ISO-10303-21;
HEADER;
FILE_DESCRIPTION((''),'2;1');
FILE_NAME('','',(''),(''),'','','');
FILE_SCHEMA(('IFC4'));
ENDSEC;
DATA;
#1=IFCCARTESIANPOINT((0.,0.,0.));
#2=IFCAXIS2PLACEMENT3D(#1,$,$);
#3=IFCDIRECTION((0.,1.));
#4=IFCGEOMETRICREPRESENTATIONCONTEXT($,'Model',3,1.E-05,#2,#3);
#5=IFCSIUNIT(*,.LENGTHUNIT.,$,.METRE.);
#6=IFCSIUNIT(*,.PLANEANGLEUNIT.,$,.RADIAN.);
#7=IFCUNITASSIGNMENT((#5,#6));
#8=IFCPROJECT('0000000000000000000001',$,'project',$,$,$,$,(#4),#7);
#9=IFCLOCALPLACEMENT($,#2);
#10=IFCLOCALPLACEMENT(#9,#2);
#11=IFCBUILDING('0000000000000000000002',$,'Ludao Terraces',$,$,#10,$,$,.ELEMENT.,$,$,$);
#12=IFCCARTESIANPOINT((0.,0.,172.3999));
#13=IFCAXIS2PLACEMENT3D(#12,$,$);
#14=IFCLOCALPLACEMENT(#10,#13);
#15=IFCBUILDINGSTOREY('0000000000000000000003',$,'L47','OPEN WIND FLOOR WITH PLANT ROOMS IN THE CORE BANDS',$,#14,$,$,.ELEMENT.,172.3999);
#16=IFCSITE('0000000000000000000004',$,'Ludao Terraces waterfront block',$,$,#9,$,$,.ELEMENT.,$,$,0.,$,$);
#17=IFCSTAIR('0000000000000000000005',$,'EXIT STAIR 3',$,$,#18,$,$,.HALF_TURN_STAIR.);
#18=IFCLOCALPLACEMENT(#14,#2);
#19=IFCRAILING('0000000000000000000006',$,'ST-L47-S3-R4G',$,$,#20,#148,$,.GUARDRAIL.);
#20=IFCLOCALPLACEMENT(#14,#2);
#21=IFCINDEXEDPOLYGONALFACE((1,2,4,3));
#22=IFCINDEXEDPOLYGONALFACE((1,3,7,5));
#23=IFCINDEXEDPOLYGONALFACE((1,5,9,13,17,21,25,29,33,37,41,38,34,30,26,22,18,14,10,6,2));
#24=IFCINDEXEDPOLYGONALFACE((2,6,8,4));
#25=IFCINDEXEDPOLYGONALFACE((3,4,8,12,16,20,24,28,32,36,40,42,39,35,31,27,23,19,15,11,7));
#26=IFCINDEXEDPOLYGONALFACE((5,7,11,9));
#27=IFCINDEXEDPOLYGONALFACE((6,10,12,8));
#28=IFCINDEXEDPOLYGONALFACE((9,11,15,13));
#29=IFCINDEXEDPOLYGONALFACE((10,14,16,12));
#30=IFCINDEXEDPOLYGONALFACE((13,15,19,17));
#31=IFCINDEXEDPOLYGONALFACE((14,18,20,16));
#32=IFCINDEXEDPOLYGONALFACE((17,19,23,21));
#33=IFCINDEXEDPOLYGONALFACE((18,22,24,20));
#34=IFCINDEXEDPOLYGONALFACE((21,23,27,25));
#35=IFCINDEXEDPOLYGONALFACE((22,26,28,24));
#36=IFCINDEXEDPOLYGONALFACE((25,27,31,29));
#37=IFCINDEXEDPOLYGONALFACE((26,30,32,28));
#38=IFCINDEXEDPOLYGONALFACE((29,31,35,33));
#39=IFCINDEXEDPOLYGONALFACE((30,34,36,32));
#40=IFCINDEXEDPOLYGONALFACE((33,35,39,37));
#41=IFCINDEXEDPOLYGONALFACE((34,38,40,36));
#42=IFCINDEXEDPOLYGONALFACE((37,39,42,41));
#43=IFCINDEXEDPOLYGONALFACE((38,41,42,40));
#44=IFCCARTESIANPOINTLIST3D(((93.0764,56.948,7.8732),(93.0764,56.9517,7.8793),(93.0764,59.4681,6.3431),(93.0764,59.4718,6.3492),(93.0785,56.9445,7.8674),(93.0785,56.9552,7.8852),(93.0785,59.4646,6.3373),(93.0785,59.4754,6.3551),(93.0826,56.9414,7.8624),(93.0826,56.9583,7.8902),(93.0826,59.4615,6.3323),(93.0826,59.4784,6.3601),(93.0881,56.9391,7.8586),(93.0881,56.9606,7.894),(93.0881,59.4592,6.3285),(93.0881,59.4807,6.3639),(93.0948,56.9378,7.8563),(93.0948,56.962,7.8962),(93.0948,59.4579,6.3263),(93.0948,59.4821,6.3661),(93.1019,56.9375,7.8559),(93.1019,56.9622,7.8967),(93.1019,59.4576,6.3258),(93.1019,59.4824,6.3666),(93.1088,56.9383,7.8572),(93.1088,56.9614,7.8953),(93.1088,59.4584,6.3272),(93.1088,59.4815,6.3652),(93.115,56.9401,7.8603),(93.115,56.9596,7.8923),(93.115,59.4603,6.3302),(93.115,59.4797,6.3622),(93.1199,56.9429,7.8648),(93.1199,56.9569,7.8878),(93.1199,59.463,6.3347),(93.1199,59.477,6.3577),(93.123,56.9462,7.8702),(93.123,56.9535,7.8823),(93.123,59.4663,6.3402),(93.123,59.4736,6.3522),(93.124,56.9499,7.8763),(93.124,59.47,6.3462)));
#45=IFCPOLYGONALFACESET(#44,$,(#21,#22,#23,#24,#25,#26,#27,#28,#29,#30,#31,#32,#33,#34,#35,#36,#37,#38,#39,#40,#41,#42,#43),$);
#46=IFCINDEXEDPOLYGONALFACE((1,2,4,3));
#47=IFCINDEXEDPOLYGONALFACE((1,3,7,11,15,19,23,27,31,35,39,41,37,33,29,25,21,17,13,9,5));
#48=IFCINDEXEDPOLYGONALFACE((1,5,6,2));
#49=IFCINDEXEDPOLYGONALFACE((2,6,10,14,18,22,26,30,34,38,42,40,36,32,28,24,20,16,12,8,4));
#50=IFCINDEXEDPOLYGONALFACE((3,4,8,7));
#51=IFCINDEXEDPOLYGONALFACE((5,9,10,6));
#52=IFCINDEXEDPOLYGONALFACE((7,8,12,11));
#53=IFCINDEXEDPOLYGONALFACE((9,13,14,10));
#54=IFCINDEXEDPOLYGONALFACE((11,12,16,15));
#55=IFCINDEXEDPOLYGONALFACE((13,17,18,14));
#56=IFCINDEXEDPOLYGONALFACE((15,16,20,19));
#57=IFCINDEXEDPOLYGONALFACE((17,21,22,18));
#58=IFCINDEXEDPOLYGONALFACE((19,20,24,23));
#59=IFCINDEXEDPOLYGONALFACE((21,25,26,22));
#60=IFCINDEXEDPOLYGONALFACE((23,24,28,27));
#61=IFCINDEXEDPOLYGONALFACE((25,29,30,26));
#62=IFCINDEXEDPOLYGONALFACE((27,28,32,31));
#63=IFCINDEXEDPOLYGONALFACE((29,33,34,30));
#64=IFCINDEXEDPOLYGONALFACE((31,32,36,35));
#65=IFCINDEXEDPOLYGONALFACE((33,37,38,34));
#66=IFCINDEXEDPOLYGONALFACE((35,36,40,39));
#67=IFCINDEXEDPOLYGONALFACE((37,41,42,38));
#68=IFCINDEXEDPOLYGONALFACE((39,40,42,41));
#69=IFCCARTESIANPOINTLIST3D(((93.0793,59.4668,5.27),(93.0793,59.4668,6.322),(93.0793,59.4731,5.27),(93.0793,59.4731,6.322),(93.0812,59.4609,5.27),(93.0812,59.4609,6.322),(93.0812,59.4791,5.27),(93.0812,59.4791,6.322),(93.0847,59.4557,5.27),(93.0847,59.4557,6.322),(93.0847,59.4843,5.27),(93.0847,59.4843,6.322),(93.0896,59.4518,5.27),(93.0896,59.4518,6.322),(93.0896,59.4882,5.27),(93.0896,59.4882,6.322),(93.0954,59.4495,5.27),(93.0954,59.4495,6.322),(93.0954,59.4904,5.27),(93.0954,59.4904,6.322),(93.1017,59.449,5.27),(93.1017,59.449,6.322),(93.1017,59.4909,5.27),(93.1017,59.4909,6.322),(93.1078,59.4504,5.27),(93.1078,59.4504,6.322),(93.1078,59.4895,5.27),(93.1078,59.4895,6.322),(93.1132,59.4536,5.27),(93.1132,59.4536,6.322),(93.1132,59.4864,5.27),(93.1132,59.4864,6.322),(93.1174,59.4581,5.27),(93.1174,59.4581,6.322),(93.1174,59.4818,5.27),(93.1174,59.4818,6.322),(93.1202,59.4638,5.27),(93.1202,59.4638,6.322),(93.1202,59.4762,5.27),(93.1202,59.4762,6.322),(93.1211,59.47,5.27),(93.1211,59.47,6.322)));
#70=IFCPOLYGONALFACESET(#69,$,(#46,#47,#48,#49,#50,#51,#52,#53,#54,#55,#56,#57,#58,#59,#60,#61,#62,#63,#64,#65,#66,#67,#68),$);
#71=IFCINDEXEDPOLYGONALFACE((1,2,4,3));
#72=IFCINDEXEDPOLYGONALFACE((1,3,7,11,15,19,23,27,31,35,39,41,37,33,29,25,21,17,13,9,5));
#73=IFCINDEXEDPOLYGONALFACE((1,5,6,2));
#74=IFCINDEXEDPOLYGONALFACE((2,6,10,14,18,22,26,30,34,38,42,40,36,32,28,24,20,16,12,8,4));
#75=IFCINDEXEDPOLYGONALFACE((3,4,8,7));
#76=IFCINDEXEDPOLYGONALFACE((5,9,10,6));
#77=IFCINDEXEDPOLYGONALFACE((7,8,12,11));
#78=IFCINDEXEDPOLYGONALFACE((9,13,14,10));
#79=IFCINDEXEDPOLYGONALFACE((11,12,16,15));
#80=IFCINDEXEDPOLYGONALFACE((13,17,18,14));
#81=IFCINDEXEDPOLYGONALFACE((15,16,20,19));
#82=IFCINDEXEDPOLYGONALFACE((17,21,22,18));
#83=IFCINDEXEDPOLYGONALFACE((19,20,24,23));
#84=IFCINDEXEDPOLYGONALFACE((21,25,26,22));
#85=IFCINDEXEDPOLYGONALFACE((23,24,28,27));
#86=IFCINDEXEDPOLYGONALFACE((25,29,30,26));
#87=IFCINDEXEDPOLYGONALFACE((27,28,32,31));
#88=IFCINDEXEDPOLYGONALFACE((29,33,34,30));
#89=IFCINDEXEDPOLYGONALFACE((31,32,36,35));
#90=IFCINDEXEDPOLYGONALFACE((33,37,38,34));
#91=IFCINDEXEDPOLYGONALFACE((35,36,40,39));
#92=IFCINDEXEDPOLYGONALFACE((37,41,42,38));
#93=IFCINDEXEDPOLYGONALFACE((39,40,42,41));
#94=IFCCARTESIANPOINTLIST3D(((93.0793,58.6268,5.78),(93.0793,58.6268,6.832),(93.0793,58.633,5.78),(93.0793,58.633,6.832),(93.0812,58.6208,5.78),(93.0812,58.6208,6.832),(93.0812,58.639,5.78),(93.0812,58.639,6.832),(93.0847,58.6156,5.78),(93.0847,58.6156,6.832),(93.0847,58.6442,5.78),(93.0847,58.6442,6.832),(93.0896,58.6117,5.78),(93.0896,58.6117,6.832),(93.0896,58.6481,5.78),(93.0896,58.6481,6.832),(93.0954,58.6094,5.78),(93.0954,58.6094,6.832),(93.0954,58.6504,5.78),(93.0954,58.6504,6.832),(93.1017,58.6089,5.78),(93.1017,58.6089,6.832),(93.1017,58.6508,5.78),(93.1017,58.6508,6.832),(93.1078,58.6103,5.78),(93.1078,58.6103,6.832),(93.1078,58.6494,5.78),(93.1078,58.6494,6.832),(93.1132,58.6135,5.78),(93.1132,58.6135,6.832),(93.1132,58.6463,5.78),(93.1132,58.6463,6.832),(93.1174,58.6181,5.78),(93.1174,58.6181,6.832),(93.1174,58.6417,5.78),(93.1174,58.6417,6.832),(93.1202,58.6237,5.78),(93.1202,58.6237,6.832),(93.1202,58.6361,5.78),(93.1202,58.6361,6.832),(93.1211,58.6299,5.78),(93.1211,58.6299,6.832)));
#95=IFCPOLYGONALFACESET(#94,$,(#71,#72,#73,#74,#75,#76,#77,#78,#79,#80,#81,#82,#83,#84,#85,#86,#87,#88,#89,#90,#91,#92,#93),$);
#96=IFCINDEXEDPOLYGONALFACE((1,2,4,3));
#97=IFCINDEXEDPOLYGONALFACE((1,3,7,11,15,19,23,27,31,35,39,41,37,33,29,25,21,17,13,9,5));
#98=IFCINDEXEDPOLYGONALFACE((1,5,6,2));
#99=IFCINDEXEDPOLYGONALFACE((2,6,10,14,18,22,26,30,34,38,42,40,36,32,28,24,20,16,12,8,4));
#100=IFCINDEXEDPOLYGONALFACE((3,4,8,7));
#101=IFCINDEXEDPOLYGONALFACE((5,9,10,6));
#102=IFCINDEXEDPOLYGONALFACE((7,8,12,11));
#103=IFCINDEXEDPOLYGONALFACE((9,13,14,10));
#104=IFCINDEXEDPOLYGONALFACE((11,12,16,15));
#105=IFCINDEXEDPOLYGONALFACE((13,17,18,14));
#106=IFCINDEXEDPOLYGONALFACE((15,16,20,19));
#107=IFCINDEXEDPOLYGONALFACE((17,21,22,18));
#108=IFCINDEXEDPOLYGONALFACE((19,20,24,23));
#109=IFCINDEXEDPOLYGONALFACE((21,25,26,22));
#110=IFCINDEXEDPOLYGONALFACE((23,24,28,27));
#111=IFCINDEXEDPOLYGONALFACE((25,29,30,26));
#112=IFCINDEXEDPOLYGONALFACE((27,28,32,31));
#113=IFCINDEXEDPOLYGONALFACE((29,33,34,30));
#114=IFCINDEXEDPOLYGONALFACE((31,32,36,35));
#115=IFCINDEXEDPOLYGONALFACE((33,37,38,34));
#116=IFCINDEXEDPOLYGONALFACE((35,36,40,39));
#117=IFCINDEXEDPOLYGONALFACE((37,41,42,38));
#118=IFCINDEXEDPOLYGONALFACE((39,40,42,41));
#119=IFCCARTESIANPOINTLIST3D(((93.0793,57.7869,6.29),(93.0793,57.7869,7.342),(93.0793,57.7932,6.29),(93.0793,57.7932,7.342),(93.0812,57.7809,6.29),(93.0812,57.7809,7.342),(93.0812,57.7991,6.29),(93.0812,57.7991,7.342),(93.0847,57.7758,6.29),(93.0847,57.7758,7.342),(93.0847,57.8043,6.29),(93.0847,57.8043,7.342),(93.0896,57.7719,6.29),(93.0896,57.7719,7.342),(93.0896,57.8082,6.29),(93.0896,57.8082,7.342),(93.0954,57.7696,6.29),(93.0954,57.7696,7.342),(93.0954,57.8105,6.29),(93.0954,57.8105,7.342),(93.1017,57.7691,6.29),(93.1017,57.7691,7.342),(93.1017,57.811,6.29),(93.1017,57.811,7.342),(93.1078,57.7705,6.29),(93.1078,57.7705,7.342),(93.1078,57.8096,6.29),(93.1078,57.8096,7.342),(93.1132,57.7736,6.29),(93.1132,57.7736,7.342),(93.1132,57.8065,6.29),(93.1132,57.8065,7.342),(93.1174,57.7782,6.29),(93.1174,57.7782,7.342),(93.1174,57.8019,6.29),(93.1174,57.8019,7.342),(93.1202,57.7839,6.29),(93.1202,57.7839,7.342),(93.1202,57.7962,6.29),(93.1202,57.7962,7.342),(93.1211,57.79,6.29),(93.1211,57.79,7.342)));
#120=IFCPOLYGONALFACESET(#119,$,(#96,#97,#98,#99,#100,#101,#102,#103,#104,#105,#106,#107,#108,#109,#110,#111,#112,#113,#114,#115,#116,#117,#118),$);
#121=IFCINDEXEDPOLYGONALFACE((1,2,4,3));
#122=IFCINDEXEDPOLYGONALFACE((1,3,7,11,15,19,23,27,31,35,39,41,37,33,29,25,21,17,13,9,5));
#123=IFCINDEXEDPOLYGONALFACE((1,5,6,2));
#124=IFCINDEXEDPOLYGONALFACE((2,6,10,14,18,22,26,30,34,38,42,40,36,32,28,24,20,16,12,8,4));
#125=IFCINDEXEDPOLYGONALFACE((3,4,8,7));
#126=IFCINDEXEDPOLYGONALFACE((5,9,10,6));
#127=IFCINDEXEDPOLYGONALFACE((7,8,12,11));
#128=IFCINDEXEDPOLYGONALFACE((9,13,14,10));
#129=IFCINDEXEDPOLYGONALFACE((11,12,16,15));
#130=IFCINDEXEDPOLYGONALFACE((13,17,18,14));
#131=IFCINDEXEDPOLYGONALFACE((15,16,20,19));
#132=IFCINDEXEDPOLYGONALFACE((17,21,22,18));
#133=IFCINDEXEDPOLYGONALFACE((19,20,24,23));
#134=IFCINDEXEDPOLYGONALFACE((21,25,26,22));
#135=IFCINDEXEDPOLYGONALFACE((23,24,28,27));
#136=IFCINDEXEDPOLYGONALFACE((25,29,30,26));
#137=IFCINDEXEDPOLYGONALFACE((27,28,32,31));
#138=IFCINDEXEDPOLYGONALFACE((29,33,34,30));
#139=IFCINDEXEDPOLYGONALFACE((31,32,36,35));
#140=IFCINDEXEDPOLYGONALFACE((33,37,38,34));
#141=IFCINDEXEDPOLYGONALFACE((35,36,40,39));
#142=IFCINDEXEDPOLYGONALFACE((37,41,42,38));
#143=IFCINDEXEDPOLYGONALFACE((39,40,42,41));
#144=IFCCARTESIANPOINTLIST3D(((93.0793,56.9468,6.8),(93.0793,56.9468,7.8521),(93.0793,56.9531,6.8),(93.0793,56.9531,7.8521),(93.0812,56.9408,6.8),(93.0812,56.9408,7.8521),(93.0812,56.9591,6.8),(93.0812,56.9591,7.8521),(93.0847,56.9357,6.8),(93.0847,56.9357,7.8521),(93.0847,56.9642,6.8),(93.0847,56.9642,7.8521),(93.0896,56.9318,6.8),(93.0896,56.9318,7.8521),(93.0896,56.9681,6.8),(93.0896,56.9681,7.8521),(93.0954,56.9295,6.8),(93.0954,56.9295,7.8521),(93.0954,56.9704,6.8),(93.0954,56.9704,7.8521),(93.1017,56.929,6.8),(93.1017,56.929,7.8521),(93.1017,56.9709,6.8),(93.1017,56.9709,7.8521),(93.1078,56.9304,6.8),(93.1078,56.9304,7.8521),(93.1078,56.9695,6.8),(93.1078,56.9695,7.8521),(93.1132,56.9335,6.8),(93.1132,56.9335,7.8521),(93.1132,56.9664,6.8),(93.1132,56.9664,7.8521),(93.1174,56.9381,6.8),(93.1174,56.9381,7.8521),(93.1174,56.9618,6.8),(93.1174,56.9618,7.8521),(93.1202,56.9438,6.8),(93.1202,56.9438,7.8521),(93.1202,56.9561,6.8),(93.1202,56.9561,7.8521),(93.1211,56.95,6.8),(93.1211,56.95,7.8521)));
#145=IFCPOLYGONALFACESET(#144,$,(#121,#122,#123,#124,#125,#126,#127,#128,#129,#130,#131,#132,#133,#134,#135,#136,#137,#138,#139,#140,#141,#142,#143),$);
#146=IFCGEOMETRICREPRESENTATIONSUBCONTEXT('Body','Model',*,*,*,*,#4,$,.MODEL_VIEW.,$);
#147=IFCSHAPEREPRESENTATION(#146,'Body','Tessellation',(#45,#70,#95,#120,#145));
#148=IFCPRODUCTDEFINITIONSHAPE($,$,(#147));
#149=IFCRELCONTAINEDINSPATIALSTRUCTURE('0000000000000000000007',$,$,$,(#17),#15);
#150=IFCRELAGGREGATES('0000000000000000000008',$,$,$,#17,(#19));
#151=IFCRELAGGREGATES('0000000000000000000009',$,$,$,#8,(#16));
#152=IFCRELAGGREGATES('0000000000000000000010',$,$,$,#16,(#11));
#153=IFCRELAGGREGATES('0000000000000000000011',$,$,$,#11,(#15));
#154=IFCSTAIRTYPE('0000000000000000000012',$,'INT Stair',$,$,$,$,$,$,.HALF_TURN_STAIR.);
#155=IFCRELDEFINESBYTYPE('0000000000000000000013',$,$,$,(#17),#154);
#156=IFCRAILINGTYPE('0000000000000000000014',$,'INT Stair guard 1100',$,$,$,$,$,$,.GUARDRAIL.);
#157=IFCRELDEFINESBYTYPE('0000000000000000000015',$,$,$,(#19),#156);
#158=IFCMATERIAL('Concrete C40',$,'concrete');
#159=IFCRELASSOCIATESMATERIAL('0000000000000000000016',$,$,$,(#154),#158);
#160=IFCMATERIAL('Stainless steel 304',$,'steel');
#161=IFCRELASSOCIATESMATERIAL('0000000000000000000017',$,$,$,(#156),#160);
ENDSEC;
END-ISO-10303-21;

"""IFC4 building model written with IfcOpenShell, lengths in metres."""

from ifc_helpers import new_model, si_unit, direction, frame, origin, origin_2d, place, context, subcontext, project, spatial, circle, extrude, material, type_object, element, aggregate, save


model = new_model("IFC4")

# Units and contexts
model_context = context("Model", 3, precision=1e-05, world=origin(), true_north=direction((0.0, 1.0)))
body_context = subcontext(model_context, "Body", "Model", "MODEL_VIEW")
ifc_project = project(units=[si_unit("LENGTHUNIT", "METRE"), si_unit("PLANEANGLEUNIT", "RADIAN")], contexts=[model_context])

# Site, building, storey
site_placement = place(None, origin())
site = spatial("IfcSite", under=ifc_project, at=site_placement, Name="Ludao Terraces waterfront block", CompositionType="ELEMENT", RefElevation=0.0)
building_placement = place(site_placement, origin())
building = spatial("IfcBuilding", under=site, at=building_placement, Name="Ludao Terraces", CompositionType="ELEMENT")
storey_placement = place(building_placement, frame((0.0, 0.0, 172.3999)))
storey = spatial("IfcBuildingStorey", under=building, at=storey_placement, Name="L47", Description="OPEN WIND FLOOR WITH PLANT ROOMS IN THE CORE BANDS", CompositionType="ELEMENT", Elevation=172.3999)

# Stair, railing
ifc_material_1 = material(Name="Concrete C40", Category="concrete")
stair_type = type_object("IfcStairType", Name="INT Stair", PredefinedType="HALF_TURN_STAIR", material=ifc_material_1)
stair_placement = place(storey_placement, origin())
stair = element("IfcStair", 1, at=stair_placement, inside=storey, type_object=stair_type, Name="EXIT STAIR 3", PredefinedType="HALF_TURN_STAIR")
ifc_material_2 = material(Name="Stainless steel 304", Category="steel")
railing_type_1 = type_object("IfcRailingType", Name="INT Stair guard 1100", PredefinedType="GUARDRAIL", material=ifc_material_2)
railing_1_placement = place(storey_placement, frame((93.1001, 59.47, 5.27)))
railing_1 = element("IfcRailing", 2, at=railing_1_placement, type_object=railing_type_1, Name="ST-L47-S3-R4G", PredefinedType="GUARDRAIL", context=body_context, shape_type="SweptSolid", body=[
    extrude(circle(Radius=0.0239, at=origin_2d()), frame((0.0, 0.0, 1.0762), z_axis=(0.0, -0.854785, 0.518982), x_axis=(1.0, 0.0, 0.0)), (0.0, 0.0, 1.0), 2.9482),
    extrude(circle(Radius=0.021, at=origin_2d()), origin(), (0.0, 0.0, 1.0), 1.052),
    extrude(circle(Radius=0.021, at=origin_2d()), frame((0.0, -0.8401, 0.51)), (0.0, 0.0, 1.0), 1.052),
    extrude(circle(Radius=0.021, at=origin_2d()), frame((0.0, -1.6799, 1.02)), (0.0, 0.0, 1.0), 1.052),
    extrude(circle(Radius=0.021, at=origin_2d()), frame((0.0, -2.52, 1.53)), (0.0, 0.0, 1.0), 1.052),
])
aggregate(stair, [railing_1])

save(model, "model.ifc")
